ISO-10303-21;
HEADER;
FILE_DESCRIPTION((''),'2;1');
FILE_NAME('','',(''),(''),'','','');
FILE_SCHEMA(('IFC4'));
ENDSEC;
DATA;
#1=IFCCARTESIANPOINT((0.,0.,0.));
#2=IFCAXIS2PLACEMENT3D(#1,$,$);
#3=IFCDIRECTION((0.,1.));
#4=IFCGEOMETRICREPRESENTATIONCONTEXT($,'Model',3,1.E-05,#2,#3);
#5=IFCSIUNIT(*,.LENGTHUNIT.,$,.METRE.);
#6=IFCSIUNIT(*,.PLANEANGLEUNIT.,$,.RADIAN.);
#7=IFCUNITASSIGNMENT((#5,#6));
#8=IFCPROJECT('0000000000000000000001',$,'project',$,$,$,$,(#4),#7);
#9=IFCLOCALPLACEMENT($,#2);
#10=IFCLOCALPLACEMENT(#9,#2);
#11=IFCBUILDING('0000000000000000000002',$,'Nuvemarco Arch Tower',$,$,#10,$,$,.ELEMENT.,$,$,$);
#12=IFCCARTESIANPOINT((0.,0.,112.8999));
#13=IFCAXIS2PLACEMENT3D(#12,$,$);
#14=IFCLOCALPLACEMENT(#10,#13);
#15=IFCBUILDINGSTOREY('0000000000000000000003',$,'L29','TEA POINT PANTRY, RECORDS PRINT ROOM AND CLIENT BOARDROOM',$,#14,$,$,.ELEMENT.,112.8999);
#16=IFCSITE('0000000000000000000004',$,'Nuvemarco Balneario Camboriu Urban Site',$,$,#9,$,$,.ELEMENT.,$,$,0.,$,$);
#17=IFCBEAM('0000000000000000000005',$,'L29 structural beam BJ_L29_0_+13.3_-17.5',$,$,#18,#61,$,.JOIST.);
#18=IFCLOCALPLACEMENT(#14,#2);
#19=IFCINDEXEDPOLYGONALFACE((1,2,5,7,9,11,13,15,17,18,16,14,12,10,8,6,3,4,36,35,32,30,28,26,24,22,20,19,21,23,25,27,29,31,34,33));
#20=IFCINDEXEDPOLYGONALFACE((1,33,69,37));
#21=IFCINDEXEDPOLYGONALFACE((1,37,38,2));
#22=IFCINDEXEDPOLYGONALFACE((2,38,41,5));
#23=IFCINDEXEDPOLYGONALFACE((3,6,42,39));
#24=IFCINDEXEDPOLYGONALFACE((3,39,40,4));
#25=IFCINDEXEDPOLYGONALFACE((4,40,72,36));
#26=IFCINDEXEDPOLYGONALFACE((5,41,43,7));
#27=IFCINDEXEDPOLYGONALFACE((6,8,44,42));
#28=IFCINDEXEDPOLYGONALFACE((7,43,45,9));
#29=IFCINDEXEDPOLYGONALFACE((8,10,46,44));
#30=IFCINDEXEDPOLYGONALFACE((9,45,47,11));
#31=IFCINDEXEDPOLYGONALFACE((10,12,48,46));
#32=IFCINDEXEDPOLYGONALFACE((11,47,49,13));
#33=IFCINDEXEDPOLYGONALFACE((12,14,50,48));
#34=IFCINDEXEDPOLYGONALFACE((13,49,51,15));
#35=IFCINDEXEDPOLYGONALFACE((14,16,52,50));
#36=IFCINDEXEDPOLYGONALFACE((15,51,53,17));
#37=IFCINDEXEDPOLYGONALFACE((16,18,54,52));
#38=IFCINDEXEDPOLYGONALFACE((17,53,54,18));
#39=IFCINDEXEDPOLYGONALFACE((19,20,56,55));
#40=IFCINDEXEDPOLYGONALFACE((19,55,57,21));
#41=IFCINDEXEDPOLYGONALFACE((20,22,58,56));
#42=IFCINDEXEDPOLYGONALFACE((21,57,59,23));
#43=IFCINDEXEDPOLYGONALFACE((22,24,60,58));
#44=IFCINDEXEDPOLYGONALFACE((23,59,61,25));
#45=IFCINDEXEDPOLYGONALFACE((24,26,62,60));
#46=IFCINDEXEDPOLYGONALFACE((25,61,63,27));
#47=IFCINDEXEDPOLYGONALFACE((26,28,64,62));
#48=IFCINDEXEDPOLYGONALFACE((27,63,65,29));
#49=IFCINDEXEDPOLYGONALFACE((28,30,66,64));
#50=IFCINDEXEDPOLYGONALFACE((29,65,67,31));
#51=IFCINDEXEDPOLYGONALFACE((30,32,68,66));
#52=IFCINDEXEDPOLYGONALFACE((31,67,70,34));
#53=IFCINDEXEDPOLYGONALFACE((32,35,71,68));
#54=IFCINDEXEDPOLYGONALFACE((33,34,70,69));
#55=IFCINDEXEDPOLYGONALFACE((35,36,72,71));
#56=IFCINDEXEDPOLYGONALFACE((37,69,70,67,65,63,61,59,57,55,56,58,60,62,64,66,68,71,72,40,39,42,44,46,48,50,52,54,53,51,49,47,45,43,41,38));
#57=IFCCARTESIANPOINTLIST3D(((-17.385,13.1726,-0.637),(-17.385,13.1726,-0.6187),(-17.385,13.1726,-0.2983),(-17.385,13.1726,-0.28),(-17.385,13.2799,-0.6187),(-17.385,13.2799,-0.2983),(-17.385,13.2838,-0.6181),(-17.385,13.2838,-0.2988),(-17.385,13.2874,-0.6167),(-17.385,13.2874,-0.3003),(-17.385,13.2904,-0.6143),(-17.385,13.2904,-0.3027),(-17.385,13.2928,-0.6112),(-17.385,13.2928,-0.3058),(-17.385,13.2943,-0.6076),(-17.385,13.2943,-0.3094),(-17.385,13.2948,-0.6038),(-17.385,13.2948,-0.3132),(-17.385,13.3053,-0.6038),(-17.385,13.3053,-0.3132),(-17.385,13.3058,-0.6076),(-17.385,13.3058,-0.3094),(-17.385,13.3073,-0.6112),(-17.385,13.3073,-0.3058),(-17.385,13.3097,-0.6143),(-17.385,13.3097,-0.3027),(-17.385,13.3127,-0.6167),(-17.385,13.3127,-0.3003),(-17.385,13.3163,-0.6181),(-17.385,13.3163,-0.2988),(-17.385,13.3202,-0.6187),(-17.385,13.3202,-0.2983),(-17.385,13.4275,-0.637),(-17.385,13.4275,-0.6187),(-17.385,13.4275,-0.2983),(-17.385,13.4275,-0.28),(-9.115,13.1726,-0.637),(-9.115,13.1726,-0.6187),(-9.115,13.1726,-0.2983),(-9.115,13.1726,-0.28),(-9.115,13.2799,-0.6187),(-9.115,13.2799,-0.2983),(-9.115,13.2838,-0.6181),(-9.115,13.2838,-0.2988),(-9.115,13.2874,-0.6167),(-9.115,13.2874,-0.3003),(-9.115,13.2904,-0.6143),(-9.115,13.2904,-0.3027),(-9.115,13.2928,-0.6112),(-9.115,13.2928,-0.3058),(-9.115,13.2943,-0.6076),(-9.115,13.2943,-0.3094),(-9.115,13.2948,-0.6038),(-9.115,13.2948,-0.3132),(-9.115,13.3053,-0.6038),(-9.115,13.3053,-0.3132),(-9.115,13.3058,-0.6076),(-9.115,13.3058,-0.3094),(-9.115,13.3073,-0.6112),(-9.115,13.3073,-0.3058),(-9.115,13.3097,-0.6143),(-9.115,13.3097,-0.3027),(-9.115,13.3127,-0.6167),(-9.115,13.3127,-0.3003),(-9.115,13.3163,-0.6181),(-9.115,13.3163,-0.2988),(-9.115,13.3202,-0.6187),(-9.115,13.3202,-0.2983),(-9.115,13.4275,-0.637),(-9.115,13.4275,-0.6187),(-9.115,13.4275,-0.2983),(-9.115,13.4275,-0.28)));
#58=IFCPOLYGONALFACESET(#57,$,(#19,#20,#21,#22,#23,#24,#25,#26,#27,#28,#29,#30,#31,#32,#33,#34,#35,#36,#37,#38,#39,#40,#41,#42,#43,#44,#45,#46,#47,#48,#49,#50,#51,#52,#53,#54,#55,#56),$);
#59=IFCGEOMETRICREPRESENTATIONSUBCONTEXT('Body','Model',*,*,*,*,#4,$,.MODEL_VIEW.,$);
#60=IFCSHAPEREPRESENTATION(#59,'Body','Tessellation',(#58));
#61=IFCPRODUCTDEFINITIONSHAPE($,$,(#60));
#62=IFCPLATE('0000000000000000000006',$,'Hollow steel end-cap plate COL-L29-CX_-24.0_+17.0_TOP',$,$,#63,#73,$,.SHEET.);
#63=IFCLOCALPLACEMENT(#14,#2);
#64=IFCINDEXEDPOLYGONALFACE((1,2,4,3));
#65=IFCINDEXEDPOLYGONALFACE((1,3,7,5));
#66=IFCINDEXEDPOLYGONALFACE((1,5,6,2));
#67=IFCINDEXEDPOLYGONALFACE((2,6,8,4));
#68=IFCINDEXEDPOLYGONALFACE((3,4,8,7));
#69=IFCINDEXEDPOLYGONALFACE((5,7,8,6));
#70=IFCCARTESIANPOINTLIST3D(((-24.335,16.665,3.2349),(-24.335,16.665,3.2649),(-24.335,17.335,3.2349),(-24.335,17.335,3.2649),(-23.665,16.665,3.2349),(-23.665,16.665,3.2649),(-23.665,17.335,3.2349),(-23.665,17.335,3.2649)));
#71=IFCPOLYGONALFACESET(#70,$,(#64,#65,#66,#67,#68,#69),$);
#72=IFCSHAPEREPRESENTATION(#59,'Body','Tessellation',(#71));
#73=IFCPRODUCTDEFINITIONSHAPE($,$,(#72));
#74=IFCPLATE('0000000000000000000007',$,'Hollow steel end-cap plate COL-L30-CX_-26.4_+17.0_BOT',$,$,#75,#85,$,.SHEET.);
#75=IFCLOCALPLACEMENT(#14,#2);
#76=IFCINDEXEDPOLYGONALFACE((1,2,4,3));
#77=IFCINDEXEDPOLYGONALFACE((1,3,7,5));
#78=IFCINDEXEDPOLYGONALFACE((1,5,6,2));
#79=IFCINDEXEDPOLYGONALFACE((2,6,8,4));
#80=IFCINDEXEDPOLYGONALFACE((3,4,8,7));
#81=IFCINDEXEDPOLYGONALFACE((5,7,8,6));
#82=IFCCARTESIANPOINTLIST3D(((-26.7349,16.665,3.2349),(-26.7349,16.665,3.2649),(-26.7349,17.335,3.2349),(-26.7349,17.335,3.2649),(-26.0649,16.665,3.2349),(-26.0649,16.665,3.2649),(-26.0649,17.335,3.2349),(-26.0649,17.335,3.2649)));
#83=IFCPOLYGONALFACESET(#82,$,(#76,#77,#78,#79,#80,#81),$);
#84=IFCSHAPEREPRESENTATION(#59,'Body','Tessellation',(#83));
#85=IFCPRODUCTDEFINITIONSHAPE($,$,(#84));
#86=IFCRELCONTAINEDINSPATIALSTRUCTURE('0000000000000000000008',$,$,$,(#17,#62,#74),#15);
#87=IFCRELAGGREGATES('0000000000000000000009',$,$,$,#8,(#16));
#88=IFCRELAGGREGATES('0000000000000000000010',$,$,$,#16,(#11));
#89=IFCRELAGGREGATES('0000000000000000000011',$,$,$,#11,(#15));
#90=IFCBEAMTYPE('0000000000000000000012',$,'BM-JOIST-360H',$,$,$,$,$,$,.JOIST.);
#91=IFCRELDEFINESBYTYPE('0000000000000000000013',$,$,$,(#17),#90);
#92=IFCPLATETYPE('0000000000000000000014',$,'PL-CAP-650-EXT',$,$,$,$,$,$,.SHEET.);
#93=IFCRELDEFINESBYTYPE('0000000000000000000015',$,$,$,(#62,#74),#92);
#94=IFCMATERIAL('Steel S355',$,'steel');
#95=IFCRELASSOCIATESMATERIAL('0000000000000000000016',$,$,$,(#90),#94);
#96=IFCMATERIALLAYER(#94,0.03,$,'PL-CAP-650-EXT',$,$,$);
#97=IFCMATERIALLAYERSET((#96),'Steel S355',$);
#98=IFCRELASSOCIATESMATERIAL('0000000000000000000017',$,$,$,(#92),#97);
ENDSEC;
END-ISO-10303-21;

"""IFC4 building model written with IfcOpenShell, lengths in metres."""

from ifc_helpers import new_model, si_unit, direction, frame, origin, origin_2d, place, context, subcontext, project, spatial, rectangle, i_section, extrude, source, transform, mapped, material, layer, layer_set, material_profile, profile_set, type_object, type_shapes, element, save


model = new_model("IFC4")

# Units and contexts
model_context = context("Model", 3, precision=1e-05, world=origin(), true_north=direction((0.0, 1.0)))
body_context = subcontext(model_context, "Body", "Model", "MODEL_VIEW")
ifc_project = project(units=[si_unit("LENGTHUNIT", "METRE"), si_unit("PLANEANGLEUNIT", "RADIAN")], contexts=[model_context])

# Site, building, storey
site_placement = place(None, origin())
site = spatial("IfcSite", under=ifc_project, at=site_placement, Name="Nuvemarco Balneario Camboriu Urban Site", CompositionType="ELEMENT", RefElevation=0.0)
building_placement = place(site_placement, origin())
building = spatial("IfcBuilding", under=site, at=building_placement, Name="Nuvemarco Arch Tower", CompositionType="ELEMENT")
storey_placement = place(building_placement, frame((0.0, 0.0, 112.8999)))
storey = spatial("IfcBuildingStorey", under=building, at=storey_placement, Name="L29", Description="TEA POINT PANTRY, RECORDS PRINT ROOM AND CLIENT BOARDROOM", CompositionType="ELEMENT", Elevation=112.8999)

# Shared definitions
ifc_material_1 = material(Name="Steel S355", Category="steel")

# Beam
ifc_material_profile_1 = material_profile(ifc_material_1, i_section(OverallWidth=0.2549, OverallDepth=0.3569, WebThickness=0.0105, FlangeThickness=0.0183, FilletRadius=0.0149, at=origin_2d()), Name="W360x101")
ifc_profile_set_1 = profile_set([ifc_material_profile_1], Name="Steel S355")
beam_type_1 = type_object("IfcBeamType", Name="BM-JOIST-360H", PredefinedType="JOIST", material=ifc_profile_set_1)
beam_1_placement = place(storey_placement, frame((-17.385, 13.3, -0.4585), z_axis=(1.0, 0.0, 0.0), x_axis=(0.0, 1.0, 0.0)))
element("IfcBeam", 1, at=beam_1_placement, inside=storey, type_object=beam_type_1, Name="L29 structural beam BJ_L29_0_+13.3_-17.5", PredefinedType="JOIST", context=body_context, shape_type="SweptSolid", body=[
    extrude(i_section(OverallWidth=0.2549, OverallDepth=0.3569, WebThickness=0.0105, FlangeThickness=0.0183, FilletRadius=0.0149, at=origin_2d()), origin(), (0.0, 0.0, 1.0), 8.27),
])

# Plates
ifc_layer_1 = layer(ifc_material_1, 0.03, Name="PL-CAP-650-EXT")
ifc_layer_set_1 = layer_set([ifc_layer_1], Name="Steel S355")
plate_type = type_object("IfcPlateType", Name="PL-CAP-650-EXT", PredefinedType="SHEET", material=ifc_layer_set_1)
shared_shape_1 = source(origin(), body_context, "Body", "SweptSolid", [
    extrude(rectangle(XDim=0.6699, YDim=0.6699, at=origin_2d()), origin(), (0.0, 0.0, 1.0), 0.03),
])
type_shapes(plate_type, [shared_shape_1])
for number, where, z_axis, x_axis, name in (
    (2, (-24.0, 17.0, 3.2349), (0.0, 0.0, 1.0), (1.0, 0.0, 0.0), "Hollow steel end-cap plate COL-L29-CX_-24.0_+17.0_TOP"),
    (3, (-26.3999, 17.0, 3.2349), (0.0, 0.0, 1.0), (1.0, 0.0, 0.0), "Hollow steel end-cap plate COL-L30-CX_-26.4_+17.0_BOT"),
):
    element("IfcPlate", number, at=place(storey_placement, frame(where, z_axis=z_axis, x_axis=x_axis)), inside=storey, type_object=plate_type, Name=name, PredefinedType="SHEET", context=body_context, shape_type="MappedRepresentation", body=[
        mapped(shared_shape_1, transform((0.0, 0.0, 0.0), scale=1.0)),
    ])

save(model, "model.ifc")
